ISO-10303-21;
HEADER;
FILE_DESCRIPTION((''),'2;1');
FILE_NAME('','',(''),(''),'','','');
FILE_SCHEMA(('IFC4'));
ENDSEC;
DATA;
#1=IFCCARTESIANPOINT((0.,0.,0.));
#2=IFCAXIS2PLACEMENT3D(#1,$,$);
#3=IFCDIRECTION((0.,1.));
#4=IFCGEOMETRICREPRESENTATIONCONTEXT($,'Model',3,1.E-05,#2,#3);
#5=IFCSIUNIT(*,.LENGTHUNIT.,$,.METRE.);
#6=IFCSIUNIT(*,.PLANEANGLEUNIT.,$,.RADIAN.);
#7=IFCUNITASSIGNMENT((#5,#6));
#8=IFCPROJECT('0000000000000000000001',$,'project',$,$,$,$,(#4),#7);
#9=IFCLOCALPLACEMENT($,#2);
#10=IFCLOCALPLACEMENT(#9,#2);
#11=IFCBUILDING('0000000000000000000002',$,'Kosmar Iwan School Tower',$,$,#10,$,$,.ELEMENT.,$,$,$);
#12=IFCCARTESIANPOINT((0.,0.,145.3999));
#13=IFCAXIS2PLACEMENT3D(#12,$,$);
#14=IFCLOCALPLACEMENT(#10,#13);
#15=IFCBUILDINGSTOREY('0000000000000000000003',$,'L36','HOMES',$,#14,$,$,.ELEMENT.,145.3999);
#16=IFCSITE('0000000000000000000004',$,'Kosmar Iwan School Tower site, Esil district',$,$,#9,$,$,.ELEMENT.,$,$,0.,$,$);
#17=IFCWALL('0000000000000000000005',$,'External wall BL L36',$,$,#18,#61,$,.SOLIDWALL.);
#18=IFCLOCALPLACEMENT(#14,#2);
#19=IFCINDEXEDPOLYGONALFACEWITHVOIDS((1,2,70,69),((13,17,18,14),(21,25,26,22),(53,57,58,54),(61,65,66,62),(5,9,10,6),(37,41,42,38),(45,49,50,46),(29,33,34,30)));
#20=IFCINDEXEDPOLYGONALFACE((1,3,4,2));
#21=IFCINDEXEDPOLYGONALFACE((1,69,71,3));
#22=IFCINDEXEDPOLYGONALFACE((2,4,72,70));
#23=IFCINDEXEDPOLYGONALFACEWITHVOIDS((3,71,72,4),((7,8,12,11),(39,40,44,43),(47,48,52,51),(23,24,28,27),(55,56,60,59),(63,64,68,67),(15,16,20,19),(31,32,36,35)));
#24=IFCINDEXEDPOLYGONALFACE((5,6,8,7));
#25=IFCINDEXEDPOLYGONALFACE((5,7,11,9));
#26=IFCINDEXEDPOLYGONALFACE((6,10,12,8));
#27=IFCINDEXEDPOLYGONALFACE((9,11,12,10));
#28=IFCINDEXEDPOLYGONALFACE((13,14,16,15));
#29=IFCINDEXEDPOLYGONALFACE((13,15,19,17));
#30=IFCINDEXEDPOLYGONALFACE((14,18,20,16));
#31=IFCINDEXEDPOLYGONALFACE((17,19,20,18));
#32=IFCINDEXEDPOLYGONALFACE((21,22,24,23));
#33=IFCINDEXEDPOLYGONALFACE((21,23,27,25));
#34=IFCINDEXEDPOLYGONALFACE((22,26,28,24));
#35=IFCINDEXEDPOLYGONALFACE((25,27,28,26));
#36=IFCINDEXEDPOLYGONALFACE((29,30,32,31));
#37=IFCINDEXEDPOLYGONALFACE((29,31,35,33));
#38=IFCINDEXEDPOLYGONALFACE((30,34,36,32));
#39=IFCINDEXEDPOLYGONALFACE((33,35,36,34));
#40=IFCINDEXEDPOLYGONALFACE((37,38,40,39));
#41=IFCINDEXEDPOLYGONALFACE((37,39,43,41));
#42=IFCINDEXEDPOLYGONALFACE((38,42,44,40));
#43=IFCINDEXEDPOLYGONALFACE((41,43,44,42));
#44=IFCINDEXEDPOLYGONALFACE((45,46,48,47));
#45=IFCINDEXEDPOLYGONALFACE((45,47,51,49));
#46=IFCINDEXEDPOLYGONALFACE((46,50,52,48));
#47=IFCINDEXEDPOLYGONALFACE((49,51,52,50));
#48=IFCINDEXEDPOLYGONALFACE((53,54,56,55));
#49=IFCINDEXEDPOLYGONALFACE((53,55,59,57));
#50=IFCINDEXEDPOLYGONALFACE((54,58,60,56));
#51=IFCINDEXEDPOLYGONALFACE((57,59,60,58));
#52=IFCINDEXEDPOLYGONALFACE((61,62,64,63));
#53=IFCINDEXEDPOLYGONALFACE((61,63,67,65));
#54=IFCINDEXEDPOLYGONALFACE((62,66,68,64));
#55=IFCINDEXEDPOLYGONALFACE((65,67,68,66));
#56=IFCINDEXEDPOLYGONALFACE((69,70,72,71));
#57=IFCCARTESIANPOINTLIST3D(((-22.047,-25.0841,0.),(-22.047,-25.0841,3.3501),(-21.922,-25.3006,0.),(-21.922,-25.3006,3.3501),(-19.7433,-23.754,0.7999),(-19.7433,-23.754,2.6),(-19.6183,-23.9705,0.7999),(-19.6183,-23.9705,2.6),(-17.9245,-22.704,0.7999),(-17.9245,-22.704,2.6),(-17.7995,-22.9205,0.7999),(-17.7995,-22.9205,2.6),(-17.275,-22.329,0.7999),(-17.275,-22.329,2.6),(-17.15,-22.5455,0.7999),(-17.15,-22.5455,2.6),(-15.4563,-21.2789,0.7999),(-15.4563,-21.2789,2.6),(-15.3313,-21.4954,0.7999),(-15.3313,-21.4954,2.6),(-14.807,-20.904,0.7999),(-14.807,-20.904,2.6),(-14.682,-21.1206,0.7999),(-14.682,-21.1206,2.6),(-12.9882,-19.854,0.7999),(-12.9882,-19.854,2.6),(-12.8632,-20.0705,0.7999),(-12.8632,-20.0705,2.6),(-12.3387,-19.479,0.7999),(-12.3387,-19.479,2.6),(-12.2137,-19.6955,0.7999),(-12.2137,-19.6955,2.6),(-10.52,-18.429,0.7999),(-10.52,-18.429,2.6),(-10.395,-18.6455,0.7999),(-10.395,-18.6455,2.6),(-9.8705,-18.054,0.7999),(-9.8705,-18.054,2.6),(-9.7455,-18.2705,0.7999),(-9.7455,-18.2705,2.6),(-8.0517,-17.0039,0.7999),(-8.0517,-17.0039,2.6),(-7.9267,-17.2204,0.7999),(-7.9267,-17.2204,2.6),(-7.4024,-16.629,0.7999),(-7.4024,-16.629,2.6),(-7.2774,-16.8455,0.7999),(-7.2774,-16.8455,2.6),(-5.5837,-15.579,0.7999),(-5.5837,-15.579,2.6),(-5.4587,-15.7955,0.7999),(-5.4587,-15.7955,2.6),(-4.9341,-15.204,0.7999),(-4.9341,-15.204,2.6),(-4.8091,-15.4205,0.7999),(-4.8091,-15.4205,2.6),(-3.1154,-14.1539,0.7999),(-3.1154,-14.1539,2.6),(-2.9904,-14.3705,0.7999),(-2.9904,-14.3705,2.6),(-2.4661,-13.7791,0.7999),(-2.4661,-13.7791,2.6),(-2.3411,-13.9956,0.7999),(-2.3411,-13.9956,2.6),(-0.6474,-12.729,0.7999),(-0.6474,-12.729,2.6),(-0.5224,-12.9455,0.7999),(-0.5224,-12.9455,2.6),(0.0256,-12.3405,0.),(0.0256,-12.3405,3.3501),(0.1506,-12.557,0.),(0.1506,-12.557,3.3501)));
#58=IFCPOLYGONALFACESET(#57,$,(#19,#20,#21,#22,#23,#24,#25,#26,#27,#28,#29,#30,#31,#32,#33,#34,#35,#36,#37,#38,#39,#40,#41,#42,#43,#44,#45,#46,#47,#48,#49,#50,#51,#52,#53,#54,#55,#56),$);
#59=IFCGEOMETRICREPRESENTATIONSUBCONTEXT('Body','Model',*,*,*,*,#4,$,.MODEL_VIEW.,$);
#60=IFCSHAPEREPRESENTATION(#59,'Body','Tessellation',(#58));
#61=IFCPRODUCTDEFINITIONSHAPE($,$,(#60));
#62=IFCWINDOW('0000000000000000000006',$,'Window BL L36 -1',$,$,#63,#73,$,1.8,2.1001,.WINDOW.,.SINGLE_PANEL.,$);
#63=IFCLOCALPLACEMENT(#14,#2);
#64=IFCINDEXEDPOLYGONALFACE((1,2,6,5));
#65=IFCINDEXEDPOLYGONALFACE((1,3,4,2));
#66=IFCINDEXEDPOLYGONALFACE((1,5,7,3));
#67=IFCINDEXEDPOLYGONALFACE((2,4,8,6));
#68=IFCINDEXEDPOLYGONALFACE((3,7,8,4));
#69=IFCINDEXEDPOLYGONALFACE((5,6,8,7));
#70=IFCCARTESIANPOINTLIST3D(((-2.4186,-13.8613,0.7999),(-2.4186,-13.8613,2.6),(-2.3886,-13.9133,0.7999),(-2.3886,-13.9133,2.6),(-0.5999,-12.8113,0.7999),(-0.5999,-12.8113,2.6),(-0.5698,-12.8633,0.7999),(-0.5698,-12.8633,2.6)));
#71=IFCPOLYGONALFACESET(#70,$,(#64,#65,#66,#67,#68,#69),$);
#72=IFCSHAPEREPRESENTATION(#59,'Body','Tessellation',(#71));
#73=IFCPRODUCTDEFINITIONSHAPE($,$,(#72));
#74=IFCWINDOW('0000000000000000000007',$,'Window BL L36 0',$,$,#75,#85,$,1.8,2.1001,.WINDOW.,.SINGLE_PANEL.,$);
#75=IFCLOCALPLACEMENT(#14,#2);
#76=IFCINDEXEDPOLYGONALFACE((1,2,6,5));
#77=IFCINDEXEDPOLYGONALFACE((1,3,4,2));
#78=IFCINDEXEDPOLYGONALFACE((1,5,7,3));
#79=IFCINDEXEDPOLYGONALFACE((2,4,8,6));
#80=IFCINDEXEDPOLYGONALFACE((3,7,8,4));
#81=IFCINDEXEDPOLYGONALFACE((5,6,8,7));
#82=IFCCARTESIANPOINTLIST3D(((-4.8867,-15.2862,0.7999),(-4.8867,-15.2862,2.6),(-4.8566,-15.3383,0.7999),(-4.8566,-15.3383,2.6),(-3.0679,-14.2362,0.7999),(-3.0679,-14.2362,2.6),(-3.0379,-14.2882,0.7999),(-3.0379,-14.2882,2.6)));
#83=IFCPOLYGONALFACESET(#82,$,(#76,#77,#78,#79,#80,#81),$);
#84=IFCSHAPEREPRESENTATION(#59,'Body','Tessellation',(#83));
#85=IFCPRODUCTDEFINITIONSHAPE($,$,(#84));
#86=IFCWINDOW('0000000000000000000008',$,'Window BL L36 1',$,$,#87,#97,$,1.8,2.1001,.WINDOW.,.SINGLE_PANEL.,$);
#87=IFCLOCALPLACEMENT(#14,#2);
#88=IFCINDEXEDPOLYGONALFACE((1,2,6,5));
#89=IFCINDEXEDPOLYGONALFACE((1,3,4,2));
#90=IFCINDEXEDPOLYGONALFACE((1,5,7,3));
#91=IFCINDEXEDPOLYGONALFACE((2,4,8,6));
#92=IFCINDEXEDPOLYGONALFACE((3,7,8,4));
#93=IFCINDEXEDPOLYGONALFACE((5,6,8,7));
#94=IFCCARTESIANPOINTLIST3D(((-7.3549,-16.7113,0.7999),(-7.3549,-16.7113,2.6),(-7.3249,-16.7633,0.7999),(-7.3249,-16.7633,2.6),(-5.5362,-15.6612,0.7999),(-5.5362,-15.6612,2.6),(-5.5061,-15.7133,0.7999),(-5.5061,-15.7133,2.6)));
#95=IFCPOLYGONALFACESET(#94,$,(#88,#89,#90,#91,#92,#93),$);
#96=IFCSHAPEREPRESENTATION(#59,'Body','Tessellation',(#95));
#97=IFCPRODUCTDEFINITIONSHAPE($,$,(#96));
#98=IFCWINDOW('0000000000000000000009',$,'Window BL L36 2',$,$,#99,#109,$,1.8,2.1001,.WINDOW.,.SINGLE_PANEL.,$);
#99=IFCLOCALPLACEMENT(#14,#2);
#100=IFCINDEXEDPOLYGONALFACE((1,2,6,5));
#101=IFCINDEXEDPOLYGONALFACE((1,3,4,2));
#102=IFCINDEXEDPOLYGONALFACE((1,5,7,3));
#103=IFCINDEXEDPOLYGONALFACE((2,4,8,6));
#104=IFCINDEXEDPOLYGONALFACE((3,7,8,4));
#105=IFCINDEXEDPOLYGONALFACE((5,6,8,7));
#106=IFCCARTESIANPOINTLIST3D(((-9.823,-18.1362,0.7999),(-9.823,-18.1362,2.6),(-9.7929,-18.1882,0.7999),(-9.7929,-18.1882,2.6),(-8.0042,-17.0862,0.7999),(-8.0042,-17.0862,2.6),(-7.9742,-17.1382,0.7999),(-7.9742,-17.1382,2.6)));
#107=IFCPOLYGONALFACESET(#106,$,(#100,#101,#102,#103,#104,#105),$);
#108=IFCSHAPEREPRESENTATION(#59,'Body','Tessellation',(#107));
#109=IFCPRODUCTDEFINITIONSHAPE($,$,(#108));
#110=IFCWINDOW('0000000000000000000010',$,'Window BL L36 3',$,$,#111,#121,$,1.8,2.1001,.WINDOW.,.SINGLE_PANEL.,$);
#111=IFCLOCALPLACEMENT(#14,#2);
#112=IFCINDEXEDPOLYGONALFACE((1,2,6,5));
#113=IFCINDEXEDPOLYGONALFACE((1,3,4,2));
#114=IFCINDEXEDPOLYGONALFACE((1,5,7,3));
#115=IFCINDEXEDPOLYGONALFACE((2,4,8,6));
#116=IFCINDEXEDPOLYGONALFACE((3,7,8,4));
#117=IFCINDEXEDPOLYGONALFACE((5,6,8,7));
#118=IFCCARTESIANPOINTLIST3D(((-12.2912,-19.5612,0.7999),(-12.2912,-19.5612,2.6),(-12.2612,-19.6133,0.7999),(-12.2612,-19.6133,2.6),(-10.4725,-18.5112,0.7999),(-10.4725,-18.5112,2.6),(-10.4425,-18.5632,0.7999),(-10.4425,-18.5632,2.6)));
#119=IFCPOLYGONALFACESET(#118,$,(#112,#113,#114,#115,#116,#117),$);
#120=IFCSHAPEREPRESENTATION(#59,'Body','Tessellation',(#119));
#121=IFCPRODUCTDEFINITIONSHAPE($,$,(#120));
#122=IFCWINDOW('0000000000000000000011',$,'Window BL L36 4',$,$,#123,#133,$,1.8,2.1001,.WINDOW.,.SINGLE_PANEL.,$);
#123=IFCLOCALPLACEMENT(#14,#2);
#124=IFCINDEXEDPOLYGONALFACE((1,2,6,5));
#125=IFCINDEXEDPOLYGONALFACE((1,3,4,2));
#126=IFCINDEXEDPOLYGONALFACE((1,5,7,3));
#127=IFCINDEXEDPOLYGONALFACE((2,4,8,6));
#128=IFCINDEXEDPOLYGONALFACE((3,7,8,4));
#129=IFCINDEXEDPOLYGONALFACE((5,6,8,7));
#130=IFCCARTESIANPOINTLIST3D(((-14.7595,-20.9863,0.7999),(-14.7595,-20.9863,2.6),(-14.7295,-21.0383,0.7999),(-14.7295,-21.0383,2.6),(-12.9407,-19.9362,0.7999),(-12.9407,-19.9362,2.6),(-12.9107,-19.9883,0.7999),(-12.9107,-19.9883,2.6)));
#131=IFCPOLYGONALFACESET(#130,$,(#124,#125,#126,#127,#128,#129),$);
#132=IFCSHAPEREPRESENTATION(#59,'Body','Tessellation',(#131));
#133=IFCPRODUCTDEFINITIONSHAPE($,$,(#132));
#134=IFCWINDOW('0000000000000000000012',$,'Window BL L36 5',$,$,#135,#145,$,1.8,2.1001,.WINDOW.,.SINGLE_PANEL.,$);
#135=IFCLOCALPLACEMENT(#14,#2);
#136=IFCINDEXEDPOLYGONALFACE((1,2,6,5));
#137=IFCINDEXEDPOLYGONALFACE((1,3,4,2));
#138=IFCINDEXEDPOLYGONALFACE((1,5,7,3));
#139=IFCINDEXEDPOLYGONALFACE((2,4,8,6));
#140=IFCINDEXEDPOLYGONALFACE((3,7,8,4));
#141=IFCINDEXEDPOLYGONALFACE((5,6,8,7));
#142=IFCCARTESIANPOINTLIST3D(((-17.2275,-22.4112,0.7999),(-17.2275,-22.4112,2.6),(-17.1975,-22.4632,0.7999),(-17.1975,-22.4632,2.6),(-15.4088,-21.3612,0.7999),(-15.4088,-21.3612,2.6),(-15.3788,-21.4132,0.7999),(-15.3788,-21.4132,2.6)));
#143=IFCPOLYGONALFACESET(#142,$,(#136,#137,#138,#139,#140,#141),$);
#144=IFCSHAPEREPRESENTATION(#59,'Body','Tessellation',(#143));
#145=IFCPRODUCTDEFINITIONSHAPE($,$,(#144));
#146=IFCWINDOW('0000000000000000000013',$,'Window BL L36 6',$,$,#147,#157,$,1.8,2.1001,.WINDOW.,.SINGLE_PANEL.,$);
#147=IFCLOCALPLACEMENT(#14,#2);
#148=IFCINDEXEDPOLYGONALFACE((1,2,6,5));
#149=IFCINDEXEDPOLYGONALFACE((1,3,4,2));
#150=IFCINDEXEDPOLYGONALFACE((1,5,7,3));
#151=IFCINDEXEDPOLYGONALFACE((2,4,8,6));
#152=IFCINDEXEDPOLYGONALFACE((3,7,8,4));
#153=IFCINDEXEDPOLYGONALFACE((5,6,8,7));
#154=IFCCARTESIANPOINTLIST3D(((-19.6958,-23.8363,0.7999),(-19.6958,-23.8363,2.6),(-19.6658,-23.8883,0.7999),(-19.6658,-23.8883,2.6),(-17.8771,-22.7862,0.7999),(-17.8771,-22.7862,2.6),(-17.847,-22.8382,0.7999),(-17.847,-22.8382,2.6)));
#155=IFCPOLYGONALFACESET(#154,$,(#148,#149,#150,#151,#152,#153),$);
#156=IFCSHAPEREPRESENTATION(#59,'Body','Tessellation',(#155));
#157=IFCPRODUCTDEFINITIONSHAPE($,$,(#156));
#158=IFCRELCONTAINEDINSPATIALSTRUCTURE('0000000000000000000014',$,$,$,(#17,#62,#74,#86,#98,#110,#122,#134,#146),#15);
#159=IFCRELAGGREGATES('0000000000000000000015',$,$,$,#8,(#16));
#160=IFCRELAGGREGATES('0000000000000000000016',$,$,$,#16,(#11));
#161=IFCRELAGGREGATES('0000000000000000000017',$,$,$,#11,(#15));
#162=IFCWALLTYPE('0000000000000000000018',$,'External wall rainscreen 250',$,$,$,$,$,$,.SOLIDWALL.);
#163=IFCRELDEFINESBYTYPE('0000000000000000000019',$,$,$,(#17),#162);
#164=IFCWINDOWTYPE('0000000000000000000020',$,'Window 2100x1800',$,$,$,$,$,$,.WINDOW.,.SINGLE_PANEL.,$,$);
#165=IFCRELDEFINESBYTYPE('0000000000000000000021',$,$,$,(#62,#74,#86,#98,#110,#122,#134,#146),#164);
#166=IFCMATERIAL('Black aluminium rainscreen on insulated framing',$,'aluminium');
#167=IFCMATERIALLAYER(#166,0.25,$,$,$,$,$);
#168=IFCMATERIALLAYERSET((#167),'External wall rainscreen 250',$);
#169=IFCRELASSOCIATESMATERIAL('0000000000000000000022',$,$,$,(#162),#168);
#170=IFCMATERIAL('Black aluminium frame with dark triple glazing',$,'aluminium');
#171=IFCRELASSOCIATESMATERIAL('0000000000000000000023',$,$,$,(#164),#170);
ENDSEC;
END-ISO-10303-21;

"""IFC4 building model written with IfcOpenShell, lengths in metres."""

from ifc_helpers import new_model, si_unit, direction, frame, frame_2d, origin, place, context, subcontext, project, spatial, rectangle, extrude, material, layer, layer_set, type_object, element, fill, save


model = new_model("IFC4")

# Units and contexts
model_context = context("Model", 3, precision=1e-05, world=origin(), true_north=direction((0.0, 1.0)))
body_context = subcontext(model_context, "Body", "Model", "MODEL_VIEW")
ifc_project = project(units=[si_unit("LENGTHUNIT", "METRE"), si_unit("PLANEANGLEUNIT", "RADIAN")], contexts=[model_context])

# Site, building, storey
site_placement = place(None, origin())
site = spatial("IfcSite", under=ifc_project, at=site_placement, Name="Kosmar Iwan School Tower site, Esil district", CompositionType="ELEMENT", RefElevation=0.0)
building_placement = place(site_placement, origin())
building = spatial("IfcBuilding", under=site, at=building_placement, Name="Kosmar Iwan School Tower", CompositionType="ELEMENT")
storey_placement = place(building_placement, frame((0.0, 0.0, 145.3999)))
storey = spatial("IfcBuildingStorey", under=building, at=storey_placement, Name="L36", Description="HOMES", CompositionType="ELEMENT", Elevation=145.3999)

# Wall, openings, windows
ifc_material_1 = material(Name="Black aluminium rainscreen on insulated framing", Category="aluminium")
ifc_layer_1 = layer(ifc_material_1, 0.25)
ifc_layer_set_1 = layer_set([ifc_layer_1], Name="External wall rainscreen 250")
wall_type_1 = type_object("IfcWallType", Name="External wall rainscreen 250", PredefinedType="SOLIDWALL", material=ifc_layer_set_1)
wall_1_placement = place(storey_placement, frame((0.0881, -12.4487, 0.0), z_axis=(0.0, 0.0, 1.0), x_axis=(-0.866026, -0.499998, 0.0)))
wall_1 = element("IfcWall", 1, at=wall_1_placement, inside=storey, type_object=wall_type_1, Name="External wall BL L36", PredefinedType="SOLIDWALL", context=body_context, shape_type="SweptSolid", body=[
    extrude(rectangle(XDim=25.4873, YDim=0.25, at=frame_2d((12.7437, 0.0))), origin(), (0.0, 0.0, 1.0), 3.3501),
])
opening_1_placement = place(wall_1_placement, frame((0.7771, 0.0, 0.8)))
opening_1 = element("IfcOpeningElement", 2, at=opening_1_placement, cuts=wall_1, PredefinedType="OPENING", context=body_context, shape_type="SweptSolid", body=[
    extrude(rectangle(XDim=2.1001, YDim=1.8, at=frame_2d((1.05, 0.8999))), frame((0.0, 0.137, 0.0), z_axis=(0.0, -1.0, 0.0), x_axis=(1.0, 0.0, 0.0)), (0.0, 0.0, 1.0), 0.2739),
])
opening_2_placement = place(wall_1_placement, frame((3.627, 0.0, 0.8)))
opening_2 = element("IfcOpeningElement", 3, at=opening_2_placement, cuts=wall_1, PredefinedType="OPENING", context=body_context, shape_type="SweptSolid", body=[
    extrude(rectangle(XDim=2.1001, YDim=1.8, at=frame_2d((1.05, 0.8999))), frame((0.0, 0.137, 0.0), z_axis=(0.0, -1.0, 0.0), x_axis=(1.0, 0.0, 0.0)), (0.0, 0.0, 1.0), 0.2739),
])
opening_3_placement = place(wall_1_placement, frame((6.4771, 0.0, 0.8)))
opening_3 = element("IfcOpeningElement", 4, at=opening_3_placement, cuts=wall_1, PredefinedType="OPENING", context=body_context, shape_type="SweptSolid", body=[
    extrude(rectangle(XDim=2.1001, YDim=1.8, at=frame_2d((1.05, 0.8999))), frame((0.0, 0.137, 0.0), z_axis=(0.0, -1.0, 0.0), x_axis=(1.0, 0.0, 0.0)), (0.0, 0.0, 1.0), 0.2739),
])
opening_4_placement = place(wall_1_placement, frame((9.3269, 0.0, 0.8)))
opening_4 = element("IfcOpeningElement", 5, at=opening_4_placement, cuts=wall_1, PredefinedType="OPENING", context=body_context, shape_type="SweptSolid", body=[
    extrude(rectangle(XDim=2.1001, YDim=1.8, at=frame_2d((1.05, 0.8999))), frame((0.0, 0.137, 0.0), z_axis=(0.0, -1.0, 0.0), x_axis=(1.0, 0.0, 0.0)), (0.0, 0.0, 1.0), 0.2739),
])
opening_5_placement = place(wall_1_placement, frame((12.177, 0.0, 0.8)))
opening_5 = element("IfcOpeningElement", 6, at=opening_5_placement, cuts=wall_1, PredefinedType="OPENING", context=body_context, shape_type="SweptSolid", body=[
    extrude(rectangle(XDim=2.1001, YDim=1.8, at=frame_2d((1.05, 0.8999))), frame((0.0, 0.137, 0.0), z_axis=(0.0, -1.0, 0.0), x_axis=(1.0, 0.0, 0.0)), (0.0, 0.0, 1.0), 0.2739),
])
opening_6_placement = place(wall_1_placement, frame((15.0271, 0.0, 0.8)))
opening_6 = element("IfcOpeningElement", 7, at=opening_6_placement, cuts=wall_1, PredefinedType="OPENING", context=body_context, shape_type="SweptSolid", body=[
    extrude(rectangle(XDim=2.1001, YDim=1.8, at=frame_2d((1.05, 0.8999))), frame((0.0, 0.137, 0.0), z_axis=(0.0, -1.0, 0.0), x_axis=(1.0, 0.0, 0.0)), (0.0, 0.0, 1.0), 0.2739),
])
opening_7_placement = place(wall_1_placement, frame((17.877, 0.0, 0.8)))
opening_7 = element("IfcOpeningElement", 8, at=opening_7_placement, cuts=wall_1, PredefinedType="OPENING", context=body_context, shape_type="SweptSolid", body=[
    extrude(rectangle(XDim=2.1001, YDim=1.8, at=frame_2d((1.05, 0.8999))), frame((0.0, 0.137, 0.0), z_axis=(0.0, -1.0, 0.0), x_axis=(1.0, 0.0, 0.0)), (0.0, 0.0, 1.0), 0.2739),
])
opening_8_placement = place(wall_1_placement, frame((20.7271, 0.0, 0.8)))
opening_8 = element("IfcOpeningElement", 9, at=opening_8_placement, cuts=wall_1, PredefinedType="OPENING", context=body_context, shape_type="SweptSolid", body=[
    extrude(rectangle(XDim=2.1001, YDim=1.8, at=frame_2d((1.05, 0.8999))), frame((0.0, 0.137, 0.0), z_axis=(0.0, -1.0, 0.0), x_axis=(1.0, 0.0, 0.0)), (0.0, 0.0, 1.0), 0.2739),
])
ifc_material_2 = material(Name="Black aluminium frame with dark triple glazing", Category="aluminium")
window_type = type_object("IfcWindowType", Name="Window 2100x1800", PartitioningType="SINGLE_PANEL", PredefinedType="WINDOW", material=ifc_material_2)
window_1_placement = place(opening_1_placement, origin())
window_1 = element("IfcWindow", 10, at=window_1_placement, inside=storey, type_object=window_type, Name="Window BL L36 -1", OverallHeight=1.8, OverallWidth=2.1001, PartitioningType="SINGLE_PANEL", PredefinedType="WINDOW", context=body_context, shape_type="SweptSolid", body=[
    extrude(rectangle(XDim=2.1001, YDim=1.8, at=frame_2d((1.05, 0.8999))), frame((0.0, 0.03, 0.0), z_axis=(0.0, -1.0, 0.0), x_axis=(1.0, 0.0, 0.0)), (0.0, 0.0, 1.0), 0.0601),
])
fill(opening_1, window_1)
window_2_placement = place(opening_2_placement, origin())
window_2 = element("IfcWindow", 11, at=window_2_placement, inside=storey, type_object=window_type, Name="Window BL L36 0", OverallHeight=1.8, OverallWidth=2.1001, PartitioningType="SINGLE_PANEL", PredefinedType="WINDOW", context=body_context, shape_type="SweptSolid", body=[
    extrude(rectangle(XDim=2.1001, YDim=1.8, at=frame_2d((1.05, 0.8999))), frame((0.0, 0.03, 0.0), z_axis=(0.0, -1.0, 0.0), x_axis=(1.0, 0.0, 0.0)), (0.0, 0.0, 1.0), 0.0601),
])
fill(opening_2, window_2)
window_3_placement = place(opening_3_placement, origin())
window_3 = element("IfcWindow", 12, at=window_3_placement, inside=storey, type_object=window_type, Name="Window BL L36 1", OverallHeight=1.8, OverallWidth=2.1001, PartitioningType="SINGLE_PANEL", PredefinedType="WINDOW", context=body_context, shape_type="SweptSolid", body=[
    extrude(rectangle(XDim=2.1001, YDim=1.8, at=frame_2d((1.05, 0.8999))), frame((0.0, 0.03, 0.0), z_axis=(0.0, -1.0, 0.0), x_axis=(1.0, 0.0, 0.0)), (0.0, 0.0, 1.0), 0.0601),
])
fill(opening_3, window_3)
window_4_placement = place(opening_4_placement, origin())
window_4 = element("IfcWindow", 13, at=window_4_placement, inside=storey, type_object=window_type, Name="Window BL L36 2", OverallHeight=1.8, OverallWidth=2.1001, PartitioningType="SINGLE_PANEL", PredefinedType="WINDOW", context=body_context, shape_type="SweptSolid", body=[
    extrude(rectangle(XDim=2.1001, YDim=1.8, at=frame_2d((1.05, 0.8999))), frame((0.0, 0.03, 0.0), z_axis=(0.0, -1.0, 0.0), x_axis=(1.0, 0.0, 0.0)), (0.0, 0.0, 1.0), 0.0601),
])
fill(opening_4, window_4)
window_5_placement = place(opening_5_placement, origin())
window_5 = element("IfcWindow", 14, at=window_5_placement, inside=storey, type_object=window_type, Name="Window BL L36 3", OverallHeight=1.8, OverallWidth=2.1001, PartitioningType="SINGLE_PANEL", PredefinedType="WINDOW", context=body_context, shape_type="SweptSolid", body=[
    extrude(rectangle(XDim=2.1001, YDim=1.8, at=frame_2d((1.05, 0.8999))), frame((0.0, 0.03, 0.0), z_axis=(0.0, -1.0, 0.0), x_axis=(1.0, 0.0, 0.0)), (0.0, 0.0, 1.0), 0.0601),
])
fill(opening_5, window_5)
window_6_placement = place(opening_6_placement, origin())
window_6 = element("IfcWindow", 15, at=window_6_placement, inside=storey, type_object=window_type, Name="Window BL L36 4", OverallHeight=1.8, OverallWidth=2.1001, PartitioningType="SINGLE_PANEL", PredefinedType="WINDOW", context=body_context, shape_type="SweptSolid", body=[
    extrude(rectangle(XDim=2.1001, YDim=1.8, at=frame_2d((1.05, 0.8999))), frame((0.0, 0.03, 0.0), z_axis=(0.0, -1.0, 0.0), x_axis=(1.0, 0.0, 0.0)), (0.0, 0.0, 1.0), 0.0601),
])
fill(opening_6, window_6)
window_7_placement = place(opening_7_placement, origin())
window_7 = element("IfcWindow", 16, at=window_7_placement, inside=storey, type_object=window_type, Name="Window BL L36 5", OverallHeight=1.8, OverallWidth=2.1001, PartitioningType="SINGLE_PANEL", PredefinedType="WINDOW", context=body_context, shape_type="SweptSolid", body=[
    extrude(rectangle(XDim=2.1001, YDim=1.8, at=frame_2d((1.05, 0.8999))), frame((0.0, 0.03, 0.0), z_axis=(0.0, -1.0, 0.0), x_axis=(1.0, 0.0, 0.0)), (0.0, 0.0, 1.0), 0.0601),
])
fill(opening_7, window_7)
window_8_placement = place(opening_8_placement, origin())
window_8 = element("IfcWindow", 17, at=window_8_placement, inside=storey, type_object=window_type, Name="Window BL L36 6", OverallHeight=1.8, OverallWidth=2.1001, PartitioningType="SINGLE_PANEL", PredefinedType="WINDOW", context=body_context, shape_type="SweptSolid", body=[
    extrude(rectangle(XDim=2.1001, YDim=1.8, at=frame_2d((1.05, 0.8999))), frame((0.0, 0.03, 0.0), z_axis=(0.0, -1.0, 0.0), x_axis=(1.0, 0.0, 0.0)), (0.0, 0.0, 1.0), 0.0601),
])
fill(opening_8, window_8)

save(model, "model.ifc")
